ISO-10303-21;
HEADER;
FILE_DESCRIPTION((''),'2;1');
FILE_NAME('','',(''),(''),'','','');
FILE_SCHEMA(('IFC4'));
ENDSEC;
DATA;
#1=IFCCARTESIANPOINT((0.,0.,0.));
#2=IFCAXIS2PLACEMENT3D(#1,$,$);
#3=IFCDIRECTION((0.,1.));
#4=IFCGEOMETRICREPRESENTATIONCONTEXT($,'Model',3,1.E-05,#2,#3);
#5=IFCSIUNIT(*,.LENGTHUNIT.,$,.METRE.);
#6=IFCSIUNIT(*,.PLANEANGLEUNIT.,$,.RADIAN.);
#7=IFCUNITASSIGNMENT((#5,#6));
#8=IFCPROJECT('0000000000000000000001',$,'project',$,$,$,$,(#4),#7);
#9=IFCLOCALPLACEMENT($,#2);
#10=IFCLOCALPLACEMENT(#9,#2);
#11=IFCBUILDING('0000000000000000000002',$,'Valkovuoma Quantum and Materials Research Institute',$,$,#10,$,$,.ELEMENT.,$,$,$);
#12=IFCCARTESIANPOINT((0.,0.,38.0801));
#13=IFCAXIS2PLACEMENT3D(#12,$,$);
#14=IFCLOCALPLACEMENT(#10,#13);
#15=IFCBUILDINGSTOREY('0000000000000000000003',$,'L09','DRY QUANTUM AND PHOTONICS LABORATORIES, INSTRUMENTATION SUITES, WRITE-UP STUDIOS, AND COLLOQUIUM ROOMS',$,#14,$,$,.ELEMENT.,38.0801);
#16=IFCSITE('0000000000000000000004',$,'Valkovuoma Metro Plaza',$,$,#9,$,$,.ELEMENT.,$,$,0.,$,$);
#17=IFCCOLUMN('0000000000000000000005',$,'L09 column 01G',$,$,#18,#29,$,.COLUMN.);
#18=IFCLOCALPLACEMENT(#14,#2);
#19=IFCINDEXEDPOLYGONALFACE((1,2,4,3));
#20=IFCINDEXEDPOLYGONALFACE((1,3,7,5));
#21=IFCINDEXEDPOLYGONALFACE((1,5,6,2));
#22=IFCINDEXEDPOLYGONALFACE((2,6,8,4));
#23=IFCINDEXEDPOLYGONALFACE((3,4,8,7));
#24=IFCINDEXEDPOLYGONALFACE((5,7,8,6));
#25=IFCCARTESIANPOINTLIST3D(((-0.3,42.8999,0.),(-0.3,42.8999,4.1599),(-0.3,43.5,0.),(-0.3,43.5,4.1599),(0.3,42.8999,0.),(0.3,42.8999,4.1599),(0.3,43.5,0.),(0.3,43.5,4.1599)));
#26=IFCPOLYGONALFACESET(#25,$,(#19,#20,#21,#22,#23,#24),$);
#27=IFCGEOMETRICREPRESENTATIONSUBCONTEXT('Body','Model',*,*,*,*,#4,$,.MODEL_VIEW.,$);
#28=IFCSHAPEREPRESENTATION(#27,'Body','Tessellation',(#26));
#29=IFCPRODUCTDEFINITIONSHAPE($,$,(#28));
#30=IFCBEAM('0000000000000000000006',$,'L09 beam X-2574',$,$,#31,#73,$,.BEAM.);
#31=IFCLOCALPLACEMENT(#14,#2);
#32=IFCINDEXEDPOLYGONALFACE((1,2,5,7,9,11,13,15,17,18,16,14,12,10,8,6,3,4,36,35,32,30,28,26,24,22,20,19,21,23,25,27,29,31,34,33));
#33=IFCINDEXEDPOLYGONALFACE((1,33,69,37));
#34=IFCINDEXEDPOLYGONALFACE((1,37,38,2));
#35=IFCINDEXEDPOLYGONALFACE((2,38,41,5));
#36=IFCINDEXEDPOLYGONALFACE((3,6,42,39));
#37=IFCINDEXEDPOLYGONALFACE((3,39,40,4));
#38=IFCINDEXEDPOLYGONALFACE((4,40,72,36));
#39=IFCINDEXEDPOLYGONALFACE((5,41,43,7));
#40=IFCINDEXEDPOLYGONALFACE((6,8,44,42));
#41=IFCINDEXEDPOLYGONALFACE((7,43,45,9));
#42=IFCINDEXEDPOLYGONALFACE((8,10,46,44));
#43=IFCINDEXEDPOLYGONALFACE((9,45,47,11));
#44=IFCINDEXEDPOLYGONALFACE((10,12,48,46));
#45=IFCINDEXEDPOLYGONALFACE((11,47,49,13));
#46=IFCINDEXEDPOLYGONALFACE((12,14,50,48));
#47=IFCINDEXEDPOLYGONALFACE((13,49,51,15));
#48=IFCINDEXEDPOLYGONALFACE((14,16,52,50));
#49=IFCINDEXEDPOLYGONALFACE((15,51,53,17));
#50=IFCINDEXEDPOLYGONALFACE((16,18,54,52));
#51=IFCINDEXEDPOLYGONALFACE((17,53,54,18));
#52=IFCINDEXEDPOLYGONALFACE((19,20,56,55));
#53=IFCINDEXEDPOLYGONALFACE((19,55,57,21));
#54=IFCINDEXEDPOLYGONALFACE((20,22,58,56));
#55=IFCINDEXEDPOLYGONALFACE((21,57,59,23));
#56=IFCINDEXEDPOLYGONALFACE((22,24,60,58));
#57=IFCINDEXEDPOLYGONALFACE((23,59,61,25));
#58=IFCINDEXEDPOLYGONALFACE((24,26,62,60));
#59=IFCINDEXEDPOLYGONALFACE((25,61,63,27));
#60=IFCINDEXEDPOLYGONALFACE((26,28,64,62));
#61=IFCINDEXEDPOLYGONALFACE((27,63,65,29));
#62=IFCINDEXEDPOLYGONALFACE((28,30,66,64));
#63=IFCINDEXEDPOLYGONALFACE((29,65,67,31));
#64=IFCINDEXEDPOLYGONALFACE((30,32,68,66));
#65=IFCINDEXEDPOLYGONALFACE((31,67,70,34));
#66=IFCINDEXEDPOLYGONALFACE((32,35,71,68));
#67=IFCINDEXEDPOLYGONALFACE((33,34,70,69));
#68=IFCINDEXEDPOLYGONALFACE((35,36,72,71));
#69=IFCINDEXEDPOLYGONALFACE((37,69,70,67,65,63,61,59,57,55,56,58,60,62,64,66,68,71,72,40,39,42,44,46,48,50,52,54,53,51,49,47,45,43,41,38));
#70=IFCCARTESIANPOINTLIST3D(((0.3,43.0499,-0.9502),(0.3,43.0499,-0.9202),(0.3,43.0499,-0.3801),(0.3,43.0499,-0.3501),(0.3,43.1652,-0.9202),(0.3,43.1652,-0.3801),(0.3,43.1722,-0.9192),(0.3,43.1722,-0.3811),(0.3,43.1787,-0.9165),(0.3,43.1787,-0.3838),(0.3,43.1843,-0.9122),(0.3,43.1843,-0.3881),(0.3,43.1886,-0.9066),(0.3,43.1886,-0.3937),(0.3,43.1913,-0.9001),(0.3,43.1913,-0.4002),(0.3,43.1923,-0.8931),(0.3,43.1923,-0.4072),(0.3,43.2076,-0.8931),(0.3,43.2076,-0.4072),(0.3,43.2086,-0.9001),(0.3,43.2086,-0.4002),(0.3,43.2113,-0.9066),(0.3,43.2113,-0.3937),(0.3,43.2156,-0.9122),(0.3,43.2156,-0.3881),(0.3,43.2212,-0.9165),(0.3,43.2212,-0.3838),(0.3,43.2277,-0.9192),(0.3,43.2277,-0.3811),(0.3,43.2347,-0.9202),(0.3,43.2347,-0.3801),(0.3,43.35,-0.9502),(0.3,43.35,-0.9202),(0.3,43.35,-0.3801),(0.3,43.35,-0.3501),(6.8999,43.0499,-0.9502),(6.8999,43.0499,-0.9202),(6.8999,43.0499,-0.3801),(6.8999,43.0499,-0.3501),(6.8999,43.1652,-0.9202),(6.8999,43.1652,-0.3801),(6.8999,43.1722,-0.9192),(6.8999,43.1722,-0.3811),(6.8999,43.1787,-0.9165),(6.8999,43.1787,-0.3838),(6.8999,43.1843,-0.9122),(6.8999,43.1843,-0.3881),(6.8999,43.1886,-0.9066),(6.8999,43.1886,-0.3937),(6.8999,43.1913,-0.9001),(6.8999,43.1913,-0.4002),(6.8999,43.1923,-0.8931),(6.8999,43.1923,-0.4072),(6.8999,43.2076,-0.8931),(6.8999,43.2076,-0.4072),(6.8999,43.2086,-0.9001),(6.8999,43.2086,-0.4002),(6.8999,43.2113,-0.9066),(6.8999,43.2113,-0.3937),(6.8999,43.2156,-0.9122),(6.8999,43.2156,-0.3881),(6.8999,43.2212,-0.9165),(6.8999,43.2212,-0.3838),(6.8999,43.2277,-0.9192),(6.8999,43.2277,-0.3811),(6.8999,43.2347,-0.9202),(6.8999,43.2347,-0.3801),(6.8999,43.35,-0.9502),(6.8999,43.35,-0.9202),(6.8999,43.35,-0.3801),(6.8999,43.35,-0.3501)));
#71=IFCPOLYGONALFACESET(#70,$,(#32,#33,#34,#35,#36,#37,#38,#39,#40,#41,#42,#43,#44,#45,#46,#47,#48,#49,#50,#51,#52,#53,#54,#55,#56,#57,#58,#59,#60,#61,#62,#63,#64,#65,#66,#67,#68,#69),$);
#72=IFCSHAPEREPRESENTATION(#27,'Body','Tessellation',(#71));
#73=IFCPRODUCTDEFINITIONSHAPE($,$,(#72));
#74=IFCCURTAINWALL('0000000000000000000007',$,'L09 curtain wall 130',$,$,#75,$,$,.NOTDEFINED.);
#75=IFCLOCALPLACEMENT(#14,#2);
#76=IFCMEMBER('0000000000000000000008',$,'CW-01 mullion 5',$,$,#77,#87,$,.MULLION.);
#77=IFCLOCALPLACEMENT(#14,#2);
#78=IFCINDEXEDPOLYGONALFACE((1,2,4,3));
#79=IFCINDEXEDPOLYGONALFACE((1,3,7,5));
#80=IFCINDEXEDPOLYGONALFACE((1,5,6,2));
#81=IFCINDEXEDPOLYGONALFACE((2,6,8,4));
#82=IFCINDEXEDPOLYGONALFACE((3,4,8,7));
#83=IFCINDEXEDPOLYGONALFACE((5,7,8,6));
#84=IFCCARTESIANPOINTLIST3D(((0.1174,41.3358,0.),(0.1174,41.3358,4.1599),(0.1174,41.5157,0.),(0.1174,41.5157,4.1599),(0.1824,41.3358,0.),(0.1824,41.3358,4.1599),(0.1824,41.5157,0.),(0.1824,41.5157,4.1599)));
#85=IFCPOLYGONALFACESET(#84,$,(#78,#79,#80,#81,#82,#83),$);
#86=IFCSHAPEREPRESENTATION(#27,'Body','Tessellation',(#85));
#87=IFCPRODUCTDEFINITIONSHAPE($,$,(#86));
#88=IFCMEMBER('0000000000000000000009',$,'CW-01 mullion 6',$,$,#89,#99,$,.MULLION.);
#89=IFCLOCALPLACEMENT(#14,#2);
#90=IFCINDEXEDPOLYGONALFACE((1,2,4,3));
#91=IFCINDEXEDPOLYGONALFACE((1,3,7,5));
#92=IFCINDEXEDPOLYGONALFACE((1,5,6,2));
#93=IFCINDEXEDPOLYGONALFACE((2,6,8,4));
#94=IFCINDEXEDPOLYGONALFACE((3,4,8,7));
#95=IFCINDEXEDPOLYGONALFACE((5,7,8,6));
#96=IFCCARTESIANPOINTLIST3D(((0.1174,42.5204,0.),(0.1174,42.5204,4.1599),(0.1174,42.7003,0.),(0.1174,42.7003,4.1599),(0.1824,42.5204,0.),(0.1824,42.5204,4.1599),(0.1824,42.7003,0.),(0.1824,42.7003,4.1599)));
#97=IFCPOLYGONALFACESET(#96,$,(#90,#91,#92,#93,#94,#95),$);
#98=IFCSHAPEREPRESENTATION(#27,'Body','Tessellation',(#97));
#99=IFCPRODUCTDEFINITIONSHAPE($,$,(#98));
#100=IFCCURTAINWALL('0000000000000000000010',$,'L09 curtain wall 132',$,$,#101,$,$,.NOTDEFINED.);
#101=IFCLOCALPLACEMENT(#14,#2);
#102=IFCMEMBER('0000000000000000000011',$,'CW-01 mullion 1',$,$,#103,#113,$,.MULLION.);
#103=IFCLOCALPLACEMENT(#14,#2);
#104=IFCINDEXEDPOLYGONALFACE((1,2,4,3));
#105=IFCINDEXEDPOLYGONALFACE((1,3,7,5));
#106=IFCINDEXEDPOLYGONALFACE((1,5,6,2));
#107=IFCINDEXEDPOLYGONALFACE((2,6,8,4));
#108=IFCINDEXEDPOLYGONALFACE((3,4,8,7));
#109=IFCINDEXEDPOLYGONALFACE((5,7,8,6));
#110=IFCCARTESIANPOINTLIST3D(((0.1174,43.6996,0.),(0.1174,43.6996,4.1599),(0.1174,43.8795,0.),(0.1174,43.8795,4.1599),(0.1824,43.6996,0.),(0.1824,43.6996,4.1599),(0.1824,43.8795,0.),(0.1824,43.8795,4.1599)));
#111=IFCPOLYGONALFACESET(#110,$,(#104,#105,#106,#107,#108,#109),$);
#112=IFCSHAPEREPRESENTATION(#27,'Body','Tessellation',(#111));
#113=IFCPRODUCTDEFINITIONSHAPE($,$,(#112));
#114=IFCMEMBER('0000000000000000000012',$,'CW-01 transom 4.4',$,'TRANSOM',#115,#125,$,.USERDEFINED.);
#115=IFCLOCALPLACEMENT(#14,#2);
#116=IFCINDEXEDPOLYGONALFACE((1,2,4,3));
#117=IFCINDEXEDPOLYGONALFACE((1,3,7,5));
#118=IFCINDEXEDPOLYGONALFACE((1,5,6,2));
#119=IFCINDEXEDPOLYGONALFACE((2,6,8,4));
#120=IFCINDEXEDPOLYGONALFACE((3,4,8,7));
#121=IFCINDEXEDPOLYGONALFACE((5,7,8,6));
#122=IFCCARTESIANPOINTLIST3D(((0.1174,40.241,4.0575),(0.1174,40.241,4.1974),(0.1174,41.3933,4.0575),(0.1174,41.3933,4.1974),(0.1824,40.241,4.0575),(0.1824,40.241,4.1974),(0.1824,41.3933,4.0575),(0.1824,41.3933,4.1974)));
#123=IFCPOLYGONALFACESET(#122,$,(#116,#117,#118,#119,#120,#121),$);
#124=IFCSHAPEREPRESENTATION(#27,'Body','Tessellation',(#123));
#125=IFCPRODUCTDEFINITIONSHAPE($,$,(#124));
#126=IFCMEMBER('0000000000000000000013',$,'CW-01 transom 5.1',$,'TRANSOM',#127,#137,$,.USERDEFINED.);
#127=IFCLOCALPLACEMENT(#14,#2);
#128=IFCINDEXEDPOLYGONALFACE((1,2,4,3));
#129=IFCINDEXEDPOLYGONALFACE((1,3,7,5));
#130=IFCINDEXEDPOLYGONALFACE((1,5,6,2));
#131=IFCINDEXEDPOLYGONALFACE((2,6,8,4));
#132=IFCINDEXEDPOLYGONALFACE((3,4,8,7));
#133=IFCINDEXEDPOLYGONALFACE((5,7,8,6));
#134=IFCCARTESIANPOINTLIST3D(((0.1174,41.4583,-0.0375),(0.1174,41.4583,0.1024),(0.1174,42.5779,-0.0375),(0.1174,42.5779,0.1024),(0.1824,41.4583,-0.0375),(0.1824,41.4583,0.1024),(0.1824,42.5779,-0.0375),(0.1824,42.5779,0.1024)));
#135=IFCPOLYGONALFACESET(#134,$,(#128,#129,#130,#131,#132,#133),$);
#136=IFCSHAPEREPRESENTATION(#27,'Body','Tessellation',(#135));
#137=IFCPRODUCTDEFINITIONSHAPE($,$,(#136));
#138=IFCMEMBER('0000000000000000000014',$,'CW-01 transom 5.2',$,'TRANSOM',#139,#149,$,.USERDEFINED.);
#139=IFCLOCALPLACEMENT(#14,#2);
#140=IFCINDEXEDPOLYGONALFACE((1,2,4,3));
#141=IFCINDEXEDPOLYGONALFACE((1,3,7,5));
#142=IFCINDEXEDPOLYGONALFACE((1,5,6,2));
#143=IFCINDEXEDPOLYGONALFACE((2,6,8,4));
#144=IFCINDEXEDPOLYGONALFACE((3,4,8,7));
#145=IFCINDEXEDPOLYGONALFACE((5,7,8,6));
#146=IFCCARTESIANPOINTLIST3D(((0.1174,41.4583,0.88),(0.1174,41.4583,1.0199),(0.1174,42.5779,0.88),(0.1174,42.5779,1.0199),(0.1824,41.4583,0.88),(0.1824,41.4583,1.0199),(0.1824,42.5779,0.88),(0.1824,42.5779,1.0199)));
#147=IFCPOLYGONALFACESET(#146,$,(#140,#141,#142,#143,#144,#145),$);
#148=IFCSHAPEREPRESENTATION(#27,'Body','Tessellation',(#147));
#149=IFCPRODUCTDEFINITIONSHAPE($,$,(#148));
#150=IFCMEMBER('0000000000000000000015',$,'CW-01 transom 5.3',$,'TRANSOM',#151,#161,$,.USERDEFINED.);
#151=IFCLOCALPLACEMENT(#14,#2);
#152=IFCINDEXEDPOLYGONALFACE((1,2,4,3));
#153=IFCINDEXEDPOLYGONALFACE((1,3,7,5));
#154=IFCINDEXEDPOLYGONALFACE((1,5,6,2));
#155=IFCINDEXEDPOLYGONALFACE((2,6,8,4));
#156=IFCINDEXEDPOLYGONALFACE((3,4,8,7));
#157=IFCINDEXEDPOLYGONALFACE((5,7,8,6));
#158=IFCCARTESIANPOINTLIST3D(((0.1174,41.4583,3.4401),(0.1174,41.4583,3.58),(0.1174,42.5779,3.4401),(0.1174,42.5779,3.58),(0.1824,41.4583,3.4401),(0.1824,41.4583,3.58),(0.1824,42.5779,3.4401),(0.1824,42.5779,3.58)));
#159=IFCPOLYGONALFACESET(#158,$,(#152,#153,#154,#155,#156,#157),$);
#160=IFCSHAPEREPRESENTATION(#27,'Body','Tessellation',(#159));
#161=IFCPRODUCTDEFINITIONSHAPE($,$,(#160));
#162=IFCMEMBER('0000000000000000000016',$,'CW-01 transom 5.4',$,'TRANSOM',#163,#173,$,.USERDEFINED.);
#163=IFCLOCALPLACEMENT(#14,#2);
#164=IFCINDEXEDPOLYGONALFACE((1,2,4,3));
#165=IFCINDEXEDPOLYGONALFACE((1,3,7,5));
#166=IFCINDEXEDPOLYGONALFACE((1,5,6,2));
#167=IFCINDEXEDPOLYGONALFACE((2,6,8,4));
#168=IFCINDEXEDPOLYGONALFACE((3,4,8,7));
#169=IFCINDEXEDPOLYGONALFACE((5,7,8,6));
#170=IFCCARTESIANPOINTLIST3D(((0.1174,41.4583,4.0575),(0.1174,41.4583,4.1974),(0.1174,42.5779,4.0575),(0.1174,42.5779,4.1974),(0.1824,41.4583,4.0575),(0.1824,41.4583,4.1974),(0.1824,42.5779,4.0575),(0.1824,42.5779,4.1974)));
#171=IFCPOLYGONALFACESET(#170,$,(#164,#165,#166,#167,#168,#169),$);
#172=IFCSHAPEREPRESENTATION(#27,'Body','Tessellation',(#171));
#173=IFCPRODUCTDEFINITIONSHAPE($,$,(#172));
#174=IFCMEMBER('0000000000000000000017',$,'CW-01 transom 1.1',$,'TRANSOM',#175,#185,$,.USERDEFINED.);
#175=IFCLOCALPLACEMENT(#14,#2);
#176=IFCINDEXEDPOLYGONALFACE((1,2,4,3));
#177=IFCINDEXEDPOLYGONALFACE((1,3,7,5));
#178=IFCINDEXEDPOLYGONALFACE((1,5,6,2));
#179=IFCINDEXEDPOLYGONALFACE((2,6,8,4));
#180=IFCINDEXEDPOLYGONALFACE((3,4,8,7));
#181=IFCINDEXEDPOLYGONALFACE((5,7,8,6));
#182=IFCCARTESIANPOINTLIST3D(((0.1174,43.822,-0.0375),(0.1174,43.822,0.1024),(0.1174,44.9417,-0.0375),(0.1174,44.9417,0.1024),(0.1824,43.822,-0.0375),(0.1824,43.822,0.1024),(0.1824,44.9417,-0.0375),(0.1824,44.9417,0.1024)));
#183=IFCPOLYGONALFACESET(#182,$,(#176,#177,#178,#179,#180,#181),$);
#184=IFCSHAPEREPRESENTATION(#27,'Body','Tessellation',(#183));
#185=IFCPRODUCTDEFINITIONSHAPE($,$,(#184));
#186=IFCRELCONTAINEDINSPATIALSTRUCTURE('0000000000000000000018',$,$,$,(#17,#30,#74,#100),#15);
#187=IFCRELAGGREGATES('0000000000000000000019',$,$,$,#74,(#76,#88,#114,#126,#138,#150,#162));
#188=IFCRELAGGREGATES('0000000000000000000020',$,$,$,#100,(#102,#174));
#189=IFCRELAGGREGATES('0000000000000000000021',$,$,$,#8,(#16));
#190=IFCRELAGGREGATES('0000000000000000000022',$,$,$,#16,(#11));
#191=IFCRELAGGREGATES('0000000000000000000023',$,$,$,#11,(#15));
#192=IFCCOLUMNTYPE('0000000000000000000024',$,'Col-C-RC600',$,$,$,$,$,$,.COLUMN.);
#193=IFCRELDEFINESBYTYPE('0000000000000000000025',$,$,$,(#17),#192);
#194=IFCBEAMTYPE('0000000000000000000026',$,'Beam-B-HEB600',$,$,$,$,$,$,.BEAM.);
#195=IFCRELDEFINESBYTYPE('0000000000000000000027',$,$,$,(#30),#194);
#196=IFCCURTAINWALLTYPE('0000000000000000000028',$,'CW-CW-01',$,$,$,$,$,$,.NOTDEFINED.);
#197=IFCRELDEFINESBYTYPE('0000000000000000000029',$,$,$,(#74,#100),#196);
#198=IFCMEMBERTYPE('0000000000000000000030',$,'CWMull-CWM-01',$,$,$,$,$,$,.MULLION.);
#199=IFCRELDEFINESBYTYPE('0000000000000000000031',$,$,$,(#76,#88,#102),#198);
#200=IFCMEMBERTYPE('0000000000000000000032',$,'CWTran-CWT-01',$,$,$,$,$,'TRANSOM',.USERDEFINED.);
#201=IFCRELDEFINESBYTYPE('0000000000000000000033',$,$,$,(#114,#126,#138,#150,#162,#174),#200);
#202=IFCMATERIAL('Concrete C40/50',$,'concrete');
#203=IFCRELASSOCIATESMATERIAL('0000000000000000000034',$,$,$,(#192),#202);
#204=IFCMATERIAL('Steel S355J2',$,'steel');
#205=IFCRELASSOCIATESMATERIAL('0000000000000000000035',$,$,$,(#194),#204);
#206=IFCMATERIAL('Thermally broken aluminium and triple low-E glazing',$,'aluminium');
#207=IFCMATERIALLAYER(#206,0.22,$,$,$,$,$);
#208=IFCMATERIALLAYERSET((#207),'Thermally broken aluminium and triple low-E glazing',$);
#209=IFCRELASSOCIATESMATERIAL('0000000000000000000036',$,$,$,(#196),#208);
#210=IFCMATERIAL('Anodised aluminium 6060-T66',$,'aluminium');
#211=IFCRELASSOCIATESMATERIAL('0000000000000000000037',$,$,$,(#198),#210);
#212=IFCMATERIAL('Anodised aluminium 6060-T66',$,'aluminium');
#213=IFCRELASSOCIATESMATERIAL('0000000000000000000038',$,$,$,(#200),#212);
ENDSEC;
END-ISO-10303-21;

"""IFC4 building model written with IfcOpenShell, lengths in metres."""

from ifc_helpers import new_model, si_unit, direction, frame, origin, origin_2d, place, context, subcontext, project, spatial, rectangle, i_section, extrude, material, layer, layer_set, material_profile, profile_set, type_object, element, aggregate, save


model = new_model("IFC4")

# Units and contexts
model_context = context("Model", 3, precision=1e-05, world=origin(), true_north=direction((0.0, 1.0)))
body_context = subcontext(model_context, "Body", "Model", "MODEL_VIEW")
ifc_project = project(units=[si_unit("LENGTHUNIT", "METRE"), si_unit("PLANEANGLEUNIT", "RADIAN")], contexts=[model_context])

# Site, building, storey
site_placement = place(None, origin())
site = spatial("IfcSite", under=ifc_project, at=site_placement, Name="Valkovuoma Metro Plaza", CompositionType="ELEMENT", RefElevation=0.0)
building_placement = place(site_placement, origin())
building = spatial("IfcBuilding", under=site, at=building_placement, Name="Valkovuoma Quantum and Materials Research Institute", CompositionType="ELEMENT")
storey_placement = place(building_placement, frame((0.0, 0.0, 38.0801)))
storey = spatial("IfcBuildingStorey", under=building, at=storey_placement, Name="L09", Description="DRY QUANTUM AND PHOTONICS LABORATORIES, INSTRUMENTATION SUITES, WRITE-UP STUDIOS, AND COLLOQUIUM ROOMS", CompositionType="ELEMENT", Elevation=38.0801)

# Column
ifc_material_1 = material(Name="Concrete C40/50", Category="concrete")
ifc_material_profile_1 = material_profile(ifc_material_1, rectangle(XDim=0.6001, YDim=0.6001, at=origin_2d()), Name="Concrete C40/50")
ifc_profile_set_1 = profile_set([ifc_material_profile_1], Name="Concrete C40/50")
column_type = type_object("IfcColumnType", Name="Col-C-RC600", PredefinedType="COLUMN", material=ifc_profile_set_1)
column_placement = place(storey_placement, frame((0.0, 43.2, 0.0), z_axis=(0.0, 0.0, 1.0), x_axis=(1.0, 0.0, 0.0)))
element("IfcColumn", 1, at=column_placement, inside=storey, type_object=column_type, Name="L09 column 01G", PredefinedType="COLUMN", context=body_context, shape_type="SweptSolid", body=[
    extrude(rectangle(XDim=0.6001, YDim=0.6001, at=origin_2d()), origin(), (0.0, 0.0, 1.0), 4.1599),
])

# Beam
ifc_material_2 = material(Name="Steel S355J2", Category="steel")
ifc_material_profile_2 = material_profile(ifc_material_2, i_section(OverallWidth=0.3, OverallDepth=0.6001, WebThickness=0.0154, FlangeThickness=0.03, FilletRadius=0.0271, at=origin_2d()), Name="Steel S355J2")
ifc_profile_set_2 = profile_set([ifc_material_profile_2], Name="Steel S355J2")
beam_type = type_object("IfcBeamType", Name="Beam-B-HEB600", PredefinedType="BEAM", material=ifc_profile_set_2)
beam_placement = place(storey_placement, frame((0.3, 43.2, -0.6501), z_axis=(1.0, 0.0, 0.0), x_axis=(0.0, 1.0, 0.0)))
element("IfcBeam", 2, at=beam_placement, inside=storey, type_object=beam_type, Name="L09 beam X-2574", PredefinedType="BEAM", context=body_context, shape_type="SweptSolid", body=[
    extrude(i_section(OverallWidth=0.3, OverallDepth=0.6001, WebThickness=0.0154, FlangeThickness=0.03, FilletRadius=0.0271, at=origin_2d()), origin(), (0.0, 0.0, 1.0), 6.5999),
])

# Curtain wall, members
ifc_material_3 = material(Name="Thermally broken aluminium and triple low-E glazing", Category="aluminium")
ifc_layer_1 = layer(ifc_material_3, 0.22)
ifc_layer_set_1 = layer_set([ifc_layer_1], Name="Thermally broken aluminium and triple low-E glazing")
curtain_wall_type = type_object("IfcCurtainWallType", Name="CW-CW-01", PredefinedType="NOTDEFINED", material=ifc_layer_set_1)
curtain_wall_1_placement = place(storey_placement, origin())
curtain_wall_1 = element("IfcCurtainWall", 3, at=curtain_wall_1_placement, inside=storey, type_object=curtain_wall_type, Name="L09 curtain wall 130", PredefinedType="NOTDEFINED")
ifc_material_4 = material(Name="Anodised aluminium 6060-T66", Category="aluminium")
ifc_material_profile_3 = material_profile(ifc_material_4, rectangle(XDim=0.0649, YDim=0.1799, at=origin_2d()), Name="Anodised aluminium 6060-T66")
ifc_profile_set_3 = profile_set([ifc_material_profile_3], Name="Anodised aluminium 6060-T66")
member_type_1 = type_object("IfcMemberType", Name="CWMull-CWM-01", PredefinedType="MULLION", material=ifc_profile_set_3)
member_1_placement = place(storey_placement, frame((0.1499, 41.4258, 0.0), z_axis=(0.0, 0.0, 1.0), x_axis=(-1.0, 0.0, 0.0)))
member_1 = element("IfcMember", 4, at=member_1_placement, type_object=member_type_1, Name="CW-01 mullion 5", PredefinedType="MULLION", context=body_context, shape_type="SweptSolid", body=[
    extrude(rectangle(XDim=0.0649, YDim=0.1799, at=origin_2d()), origin(), (0.0, 0.0, 1.0), 4.1599),
])
member_2_placement = place(storey_placement, frame((0.1499, 42.6104, 0.0), z_axis=(0.0, 0.0, 1.0), x_axis=(-1.0, 0.0, 0.0)))
member_2 = element("IfcMember", 5, at=member_2_placement, type_object=member_type_1, Name="CW-01 mullion 6", PredefinedType="MULLION", context=body_context, shape_type="SweptSolid", body=[
    extrude(rectangle(XDim=0.0649, YDim=0.1799, at=origin_2d()), origin(), (0.0, 0.0, 1.0), 4.1599),
])

# Curtain wall, member
curtain_wall_2_placement = place(storey_placement, origin())
curtain_wall_2 = element("IfcCurtainWall", 6, at=curtain_wall_2_placement, inside=storey, type_object=curtain_wall_type, Name="L09 curtain wall 132", PredefinedType="NOTDEFINED")
member_3_placement = place(storey_placement, frame((0.1499, 43.7896, 0.0), z_axis=(0.0, 0.0, 1.0), x_axis=(-1.0, 0.0, 0.0)))
member_3 = element("IfcMember", 7, at=member_3_placement, type_object=member_type_1, Name="CW-01 mullion 1", PredefinedType="MULLION", context=body_context, shape_type="SweptSolid", body=[
    extrude(rectangle(XDim=0.0649, YDim=0.1799, at=origin_2d()), origin(), (0.0, 0.0, 1.0), 4.1599),
])

# Members
ifc_material_5 = material(Name="Anodised aluminium 6060-T66", Category="aluminium")
ifc_material_profile_4 = material_profile(ifc_material_5, rectangle(XDim=0.0649, YDim=0.1399, at=origin_2d()), Name="Anodised aluminium 6060-T66")
ifc_profile_set_4 = profile_set([ifc_material_profile_4], Name="Anodised aluminium 6060-T66")
member_type_2 = type_object("IfcMemberType", Name="CWTran-CWT-01", ElementType="TRANSOM", PredefinedType="USERDEFINED", material=ifc_profile_set_4)
member_4_placement = place(storey_placement, frame((0.1499, 40.241, 4.1274), z_axis=(0.0, 1.0, 0.0), x_axis=(-1.0, 0.0, 0.0)))
member_4 = element("IfcMember", 8, at=member_4_placement, type_object=member_type_2, Name="CW-01 transom 4.4", ObjectType="TRANSOM", PredefinedType="USERDEFINED", context=body_context, shape_type="SweptSolid", body=[
    extrude(rectangle(XDim=0.0649, YDim=0.1399, at=origin_2d()), origin(), (0.0, 0.0, 1.0), 1.1523),
])
member_5_placement = place(storey_placement, frame((0.1499, 41.4583, 0.0325), z_axis=(0.0, 1.0, 0.0), x_axis=(-1.0, 0.0, 0.0)))
member_5 = element("IfcMember", 9, at=member_5_placement, type_object=member_type_2, Name="CW-01 transom 5.1", ObjectType="TRANSOM", PredefinedType="USERDEFINED", context=body_context, shape_type="SweptSolid", body=[
    extrude(rectangle(XDim=0.0649, YDim=0.1399, at=origin_2d()), origin(), (0.0, 0.0, 1.0), 1.1196),
])
member_6_placement = place(storey_placement, frame((0.1499, 41.4583, 0.95), z_axis=(0.0, 1.0, 0.0), x_axis=(-1.0, 0.0, 0.0)))
member_6 = element("IfcMember", 10, at=member_6_placement, type_object=member_type_2, Name="CW-01 transom 5.2", ObjectType="TRANSOM", PredefinedType="USERDEFINED", context=body_context, shape_type="SweptSolid", body=[
    extrude(rectangle(XDim=0.0649, YDim=0.1399, at=origin_2d()), origin(), (0.0, 0.0, 1.0), 1.1196),
])
member_7_placement = place(storey_placement, frame((0.1499, 41.4583, 3.51), z_axis=(0.0, 1.0, 0.0), x_axis=(-1.0, 0.0, 0.0)))
member_7 = element("IfcMember", 11, at=member_7_placement, type_object=member_type_2, Name="CW-01 transom 5.3", ObjectType="TRANSOM", PredefinedType="USERDEFINED", context=body_context, shape_type="SweptSolid", body=[
    extrude(rectangle(XDim=0.0649, YDim=0.1399, at=origin_2d()), origin(), (0.0, 0.0, 1.0), 1.1196),
])
member_8_placement = place(storey_placement, frame((0.1499, 41.4583, 4.1274), z_axis=(0.0, 1.0, 0.0), x_axis=(-1.0, 0.0, 0.0)))
member_8 = element("IfcMember", 12, at=member_8_placement, type_object=member_type_2, Name="CW-01 transom 5.4", ObjectType="TRANSOM", PredefinedType="USERDEFINED", context=body_context, shape_type="SweptSolid", body=[
    extrude(rectangle(XDim=0.0649, YDim=0.1399, at=origin_2d()), origin(), (0.0, 0.0, 1.0), 1.1196),
])
member_9_placement = place(storey_placement, frame((0.1499, 43.822, 0.0325), z_axis=(0.0, 1.0, 0.0), x_axis=(-1.0, 0.0, 0.0)))
member_9 = element("IfcMember", 13, at=member_9_placement, type_object=member_type_2, Name="CW-01 transom 1.1", ObjectType="TRANSOM", PredefinedType="USERDEFINED", context=body_context, shape_type="SweptSolid", body=[
    extrude(rectangle(XDim=0.0649, YDim=0.1399, at=origin_2d()), origin(), (0.0, 0.0, 1.0), 1.1196),
])

aggregate(curtain_wall_1, [member_1, member_2, member_4, member_5, member_6, member_7, member_8])
aggregate(curtain_wall_2, [member_3, member_9])

save(model, "model.ifc")
